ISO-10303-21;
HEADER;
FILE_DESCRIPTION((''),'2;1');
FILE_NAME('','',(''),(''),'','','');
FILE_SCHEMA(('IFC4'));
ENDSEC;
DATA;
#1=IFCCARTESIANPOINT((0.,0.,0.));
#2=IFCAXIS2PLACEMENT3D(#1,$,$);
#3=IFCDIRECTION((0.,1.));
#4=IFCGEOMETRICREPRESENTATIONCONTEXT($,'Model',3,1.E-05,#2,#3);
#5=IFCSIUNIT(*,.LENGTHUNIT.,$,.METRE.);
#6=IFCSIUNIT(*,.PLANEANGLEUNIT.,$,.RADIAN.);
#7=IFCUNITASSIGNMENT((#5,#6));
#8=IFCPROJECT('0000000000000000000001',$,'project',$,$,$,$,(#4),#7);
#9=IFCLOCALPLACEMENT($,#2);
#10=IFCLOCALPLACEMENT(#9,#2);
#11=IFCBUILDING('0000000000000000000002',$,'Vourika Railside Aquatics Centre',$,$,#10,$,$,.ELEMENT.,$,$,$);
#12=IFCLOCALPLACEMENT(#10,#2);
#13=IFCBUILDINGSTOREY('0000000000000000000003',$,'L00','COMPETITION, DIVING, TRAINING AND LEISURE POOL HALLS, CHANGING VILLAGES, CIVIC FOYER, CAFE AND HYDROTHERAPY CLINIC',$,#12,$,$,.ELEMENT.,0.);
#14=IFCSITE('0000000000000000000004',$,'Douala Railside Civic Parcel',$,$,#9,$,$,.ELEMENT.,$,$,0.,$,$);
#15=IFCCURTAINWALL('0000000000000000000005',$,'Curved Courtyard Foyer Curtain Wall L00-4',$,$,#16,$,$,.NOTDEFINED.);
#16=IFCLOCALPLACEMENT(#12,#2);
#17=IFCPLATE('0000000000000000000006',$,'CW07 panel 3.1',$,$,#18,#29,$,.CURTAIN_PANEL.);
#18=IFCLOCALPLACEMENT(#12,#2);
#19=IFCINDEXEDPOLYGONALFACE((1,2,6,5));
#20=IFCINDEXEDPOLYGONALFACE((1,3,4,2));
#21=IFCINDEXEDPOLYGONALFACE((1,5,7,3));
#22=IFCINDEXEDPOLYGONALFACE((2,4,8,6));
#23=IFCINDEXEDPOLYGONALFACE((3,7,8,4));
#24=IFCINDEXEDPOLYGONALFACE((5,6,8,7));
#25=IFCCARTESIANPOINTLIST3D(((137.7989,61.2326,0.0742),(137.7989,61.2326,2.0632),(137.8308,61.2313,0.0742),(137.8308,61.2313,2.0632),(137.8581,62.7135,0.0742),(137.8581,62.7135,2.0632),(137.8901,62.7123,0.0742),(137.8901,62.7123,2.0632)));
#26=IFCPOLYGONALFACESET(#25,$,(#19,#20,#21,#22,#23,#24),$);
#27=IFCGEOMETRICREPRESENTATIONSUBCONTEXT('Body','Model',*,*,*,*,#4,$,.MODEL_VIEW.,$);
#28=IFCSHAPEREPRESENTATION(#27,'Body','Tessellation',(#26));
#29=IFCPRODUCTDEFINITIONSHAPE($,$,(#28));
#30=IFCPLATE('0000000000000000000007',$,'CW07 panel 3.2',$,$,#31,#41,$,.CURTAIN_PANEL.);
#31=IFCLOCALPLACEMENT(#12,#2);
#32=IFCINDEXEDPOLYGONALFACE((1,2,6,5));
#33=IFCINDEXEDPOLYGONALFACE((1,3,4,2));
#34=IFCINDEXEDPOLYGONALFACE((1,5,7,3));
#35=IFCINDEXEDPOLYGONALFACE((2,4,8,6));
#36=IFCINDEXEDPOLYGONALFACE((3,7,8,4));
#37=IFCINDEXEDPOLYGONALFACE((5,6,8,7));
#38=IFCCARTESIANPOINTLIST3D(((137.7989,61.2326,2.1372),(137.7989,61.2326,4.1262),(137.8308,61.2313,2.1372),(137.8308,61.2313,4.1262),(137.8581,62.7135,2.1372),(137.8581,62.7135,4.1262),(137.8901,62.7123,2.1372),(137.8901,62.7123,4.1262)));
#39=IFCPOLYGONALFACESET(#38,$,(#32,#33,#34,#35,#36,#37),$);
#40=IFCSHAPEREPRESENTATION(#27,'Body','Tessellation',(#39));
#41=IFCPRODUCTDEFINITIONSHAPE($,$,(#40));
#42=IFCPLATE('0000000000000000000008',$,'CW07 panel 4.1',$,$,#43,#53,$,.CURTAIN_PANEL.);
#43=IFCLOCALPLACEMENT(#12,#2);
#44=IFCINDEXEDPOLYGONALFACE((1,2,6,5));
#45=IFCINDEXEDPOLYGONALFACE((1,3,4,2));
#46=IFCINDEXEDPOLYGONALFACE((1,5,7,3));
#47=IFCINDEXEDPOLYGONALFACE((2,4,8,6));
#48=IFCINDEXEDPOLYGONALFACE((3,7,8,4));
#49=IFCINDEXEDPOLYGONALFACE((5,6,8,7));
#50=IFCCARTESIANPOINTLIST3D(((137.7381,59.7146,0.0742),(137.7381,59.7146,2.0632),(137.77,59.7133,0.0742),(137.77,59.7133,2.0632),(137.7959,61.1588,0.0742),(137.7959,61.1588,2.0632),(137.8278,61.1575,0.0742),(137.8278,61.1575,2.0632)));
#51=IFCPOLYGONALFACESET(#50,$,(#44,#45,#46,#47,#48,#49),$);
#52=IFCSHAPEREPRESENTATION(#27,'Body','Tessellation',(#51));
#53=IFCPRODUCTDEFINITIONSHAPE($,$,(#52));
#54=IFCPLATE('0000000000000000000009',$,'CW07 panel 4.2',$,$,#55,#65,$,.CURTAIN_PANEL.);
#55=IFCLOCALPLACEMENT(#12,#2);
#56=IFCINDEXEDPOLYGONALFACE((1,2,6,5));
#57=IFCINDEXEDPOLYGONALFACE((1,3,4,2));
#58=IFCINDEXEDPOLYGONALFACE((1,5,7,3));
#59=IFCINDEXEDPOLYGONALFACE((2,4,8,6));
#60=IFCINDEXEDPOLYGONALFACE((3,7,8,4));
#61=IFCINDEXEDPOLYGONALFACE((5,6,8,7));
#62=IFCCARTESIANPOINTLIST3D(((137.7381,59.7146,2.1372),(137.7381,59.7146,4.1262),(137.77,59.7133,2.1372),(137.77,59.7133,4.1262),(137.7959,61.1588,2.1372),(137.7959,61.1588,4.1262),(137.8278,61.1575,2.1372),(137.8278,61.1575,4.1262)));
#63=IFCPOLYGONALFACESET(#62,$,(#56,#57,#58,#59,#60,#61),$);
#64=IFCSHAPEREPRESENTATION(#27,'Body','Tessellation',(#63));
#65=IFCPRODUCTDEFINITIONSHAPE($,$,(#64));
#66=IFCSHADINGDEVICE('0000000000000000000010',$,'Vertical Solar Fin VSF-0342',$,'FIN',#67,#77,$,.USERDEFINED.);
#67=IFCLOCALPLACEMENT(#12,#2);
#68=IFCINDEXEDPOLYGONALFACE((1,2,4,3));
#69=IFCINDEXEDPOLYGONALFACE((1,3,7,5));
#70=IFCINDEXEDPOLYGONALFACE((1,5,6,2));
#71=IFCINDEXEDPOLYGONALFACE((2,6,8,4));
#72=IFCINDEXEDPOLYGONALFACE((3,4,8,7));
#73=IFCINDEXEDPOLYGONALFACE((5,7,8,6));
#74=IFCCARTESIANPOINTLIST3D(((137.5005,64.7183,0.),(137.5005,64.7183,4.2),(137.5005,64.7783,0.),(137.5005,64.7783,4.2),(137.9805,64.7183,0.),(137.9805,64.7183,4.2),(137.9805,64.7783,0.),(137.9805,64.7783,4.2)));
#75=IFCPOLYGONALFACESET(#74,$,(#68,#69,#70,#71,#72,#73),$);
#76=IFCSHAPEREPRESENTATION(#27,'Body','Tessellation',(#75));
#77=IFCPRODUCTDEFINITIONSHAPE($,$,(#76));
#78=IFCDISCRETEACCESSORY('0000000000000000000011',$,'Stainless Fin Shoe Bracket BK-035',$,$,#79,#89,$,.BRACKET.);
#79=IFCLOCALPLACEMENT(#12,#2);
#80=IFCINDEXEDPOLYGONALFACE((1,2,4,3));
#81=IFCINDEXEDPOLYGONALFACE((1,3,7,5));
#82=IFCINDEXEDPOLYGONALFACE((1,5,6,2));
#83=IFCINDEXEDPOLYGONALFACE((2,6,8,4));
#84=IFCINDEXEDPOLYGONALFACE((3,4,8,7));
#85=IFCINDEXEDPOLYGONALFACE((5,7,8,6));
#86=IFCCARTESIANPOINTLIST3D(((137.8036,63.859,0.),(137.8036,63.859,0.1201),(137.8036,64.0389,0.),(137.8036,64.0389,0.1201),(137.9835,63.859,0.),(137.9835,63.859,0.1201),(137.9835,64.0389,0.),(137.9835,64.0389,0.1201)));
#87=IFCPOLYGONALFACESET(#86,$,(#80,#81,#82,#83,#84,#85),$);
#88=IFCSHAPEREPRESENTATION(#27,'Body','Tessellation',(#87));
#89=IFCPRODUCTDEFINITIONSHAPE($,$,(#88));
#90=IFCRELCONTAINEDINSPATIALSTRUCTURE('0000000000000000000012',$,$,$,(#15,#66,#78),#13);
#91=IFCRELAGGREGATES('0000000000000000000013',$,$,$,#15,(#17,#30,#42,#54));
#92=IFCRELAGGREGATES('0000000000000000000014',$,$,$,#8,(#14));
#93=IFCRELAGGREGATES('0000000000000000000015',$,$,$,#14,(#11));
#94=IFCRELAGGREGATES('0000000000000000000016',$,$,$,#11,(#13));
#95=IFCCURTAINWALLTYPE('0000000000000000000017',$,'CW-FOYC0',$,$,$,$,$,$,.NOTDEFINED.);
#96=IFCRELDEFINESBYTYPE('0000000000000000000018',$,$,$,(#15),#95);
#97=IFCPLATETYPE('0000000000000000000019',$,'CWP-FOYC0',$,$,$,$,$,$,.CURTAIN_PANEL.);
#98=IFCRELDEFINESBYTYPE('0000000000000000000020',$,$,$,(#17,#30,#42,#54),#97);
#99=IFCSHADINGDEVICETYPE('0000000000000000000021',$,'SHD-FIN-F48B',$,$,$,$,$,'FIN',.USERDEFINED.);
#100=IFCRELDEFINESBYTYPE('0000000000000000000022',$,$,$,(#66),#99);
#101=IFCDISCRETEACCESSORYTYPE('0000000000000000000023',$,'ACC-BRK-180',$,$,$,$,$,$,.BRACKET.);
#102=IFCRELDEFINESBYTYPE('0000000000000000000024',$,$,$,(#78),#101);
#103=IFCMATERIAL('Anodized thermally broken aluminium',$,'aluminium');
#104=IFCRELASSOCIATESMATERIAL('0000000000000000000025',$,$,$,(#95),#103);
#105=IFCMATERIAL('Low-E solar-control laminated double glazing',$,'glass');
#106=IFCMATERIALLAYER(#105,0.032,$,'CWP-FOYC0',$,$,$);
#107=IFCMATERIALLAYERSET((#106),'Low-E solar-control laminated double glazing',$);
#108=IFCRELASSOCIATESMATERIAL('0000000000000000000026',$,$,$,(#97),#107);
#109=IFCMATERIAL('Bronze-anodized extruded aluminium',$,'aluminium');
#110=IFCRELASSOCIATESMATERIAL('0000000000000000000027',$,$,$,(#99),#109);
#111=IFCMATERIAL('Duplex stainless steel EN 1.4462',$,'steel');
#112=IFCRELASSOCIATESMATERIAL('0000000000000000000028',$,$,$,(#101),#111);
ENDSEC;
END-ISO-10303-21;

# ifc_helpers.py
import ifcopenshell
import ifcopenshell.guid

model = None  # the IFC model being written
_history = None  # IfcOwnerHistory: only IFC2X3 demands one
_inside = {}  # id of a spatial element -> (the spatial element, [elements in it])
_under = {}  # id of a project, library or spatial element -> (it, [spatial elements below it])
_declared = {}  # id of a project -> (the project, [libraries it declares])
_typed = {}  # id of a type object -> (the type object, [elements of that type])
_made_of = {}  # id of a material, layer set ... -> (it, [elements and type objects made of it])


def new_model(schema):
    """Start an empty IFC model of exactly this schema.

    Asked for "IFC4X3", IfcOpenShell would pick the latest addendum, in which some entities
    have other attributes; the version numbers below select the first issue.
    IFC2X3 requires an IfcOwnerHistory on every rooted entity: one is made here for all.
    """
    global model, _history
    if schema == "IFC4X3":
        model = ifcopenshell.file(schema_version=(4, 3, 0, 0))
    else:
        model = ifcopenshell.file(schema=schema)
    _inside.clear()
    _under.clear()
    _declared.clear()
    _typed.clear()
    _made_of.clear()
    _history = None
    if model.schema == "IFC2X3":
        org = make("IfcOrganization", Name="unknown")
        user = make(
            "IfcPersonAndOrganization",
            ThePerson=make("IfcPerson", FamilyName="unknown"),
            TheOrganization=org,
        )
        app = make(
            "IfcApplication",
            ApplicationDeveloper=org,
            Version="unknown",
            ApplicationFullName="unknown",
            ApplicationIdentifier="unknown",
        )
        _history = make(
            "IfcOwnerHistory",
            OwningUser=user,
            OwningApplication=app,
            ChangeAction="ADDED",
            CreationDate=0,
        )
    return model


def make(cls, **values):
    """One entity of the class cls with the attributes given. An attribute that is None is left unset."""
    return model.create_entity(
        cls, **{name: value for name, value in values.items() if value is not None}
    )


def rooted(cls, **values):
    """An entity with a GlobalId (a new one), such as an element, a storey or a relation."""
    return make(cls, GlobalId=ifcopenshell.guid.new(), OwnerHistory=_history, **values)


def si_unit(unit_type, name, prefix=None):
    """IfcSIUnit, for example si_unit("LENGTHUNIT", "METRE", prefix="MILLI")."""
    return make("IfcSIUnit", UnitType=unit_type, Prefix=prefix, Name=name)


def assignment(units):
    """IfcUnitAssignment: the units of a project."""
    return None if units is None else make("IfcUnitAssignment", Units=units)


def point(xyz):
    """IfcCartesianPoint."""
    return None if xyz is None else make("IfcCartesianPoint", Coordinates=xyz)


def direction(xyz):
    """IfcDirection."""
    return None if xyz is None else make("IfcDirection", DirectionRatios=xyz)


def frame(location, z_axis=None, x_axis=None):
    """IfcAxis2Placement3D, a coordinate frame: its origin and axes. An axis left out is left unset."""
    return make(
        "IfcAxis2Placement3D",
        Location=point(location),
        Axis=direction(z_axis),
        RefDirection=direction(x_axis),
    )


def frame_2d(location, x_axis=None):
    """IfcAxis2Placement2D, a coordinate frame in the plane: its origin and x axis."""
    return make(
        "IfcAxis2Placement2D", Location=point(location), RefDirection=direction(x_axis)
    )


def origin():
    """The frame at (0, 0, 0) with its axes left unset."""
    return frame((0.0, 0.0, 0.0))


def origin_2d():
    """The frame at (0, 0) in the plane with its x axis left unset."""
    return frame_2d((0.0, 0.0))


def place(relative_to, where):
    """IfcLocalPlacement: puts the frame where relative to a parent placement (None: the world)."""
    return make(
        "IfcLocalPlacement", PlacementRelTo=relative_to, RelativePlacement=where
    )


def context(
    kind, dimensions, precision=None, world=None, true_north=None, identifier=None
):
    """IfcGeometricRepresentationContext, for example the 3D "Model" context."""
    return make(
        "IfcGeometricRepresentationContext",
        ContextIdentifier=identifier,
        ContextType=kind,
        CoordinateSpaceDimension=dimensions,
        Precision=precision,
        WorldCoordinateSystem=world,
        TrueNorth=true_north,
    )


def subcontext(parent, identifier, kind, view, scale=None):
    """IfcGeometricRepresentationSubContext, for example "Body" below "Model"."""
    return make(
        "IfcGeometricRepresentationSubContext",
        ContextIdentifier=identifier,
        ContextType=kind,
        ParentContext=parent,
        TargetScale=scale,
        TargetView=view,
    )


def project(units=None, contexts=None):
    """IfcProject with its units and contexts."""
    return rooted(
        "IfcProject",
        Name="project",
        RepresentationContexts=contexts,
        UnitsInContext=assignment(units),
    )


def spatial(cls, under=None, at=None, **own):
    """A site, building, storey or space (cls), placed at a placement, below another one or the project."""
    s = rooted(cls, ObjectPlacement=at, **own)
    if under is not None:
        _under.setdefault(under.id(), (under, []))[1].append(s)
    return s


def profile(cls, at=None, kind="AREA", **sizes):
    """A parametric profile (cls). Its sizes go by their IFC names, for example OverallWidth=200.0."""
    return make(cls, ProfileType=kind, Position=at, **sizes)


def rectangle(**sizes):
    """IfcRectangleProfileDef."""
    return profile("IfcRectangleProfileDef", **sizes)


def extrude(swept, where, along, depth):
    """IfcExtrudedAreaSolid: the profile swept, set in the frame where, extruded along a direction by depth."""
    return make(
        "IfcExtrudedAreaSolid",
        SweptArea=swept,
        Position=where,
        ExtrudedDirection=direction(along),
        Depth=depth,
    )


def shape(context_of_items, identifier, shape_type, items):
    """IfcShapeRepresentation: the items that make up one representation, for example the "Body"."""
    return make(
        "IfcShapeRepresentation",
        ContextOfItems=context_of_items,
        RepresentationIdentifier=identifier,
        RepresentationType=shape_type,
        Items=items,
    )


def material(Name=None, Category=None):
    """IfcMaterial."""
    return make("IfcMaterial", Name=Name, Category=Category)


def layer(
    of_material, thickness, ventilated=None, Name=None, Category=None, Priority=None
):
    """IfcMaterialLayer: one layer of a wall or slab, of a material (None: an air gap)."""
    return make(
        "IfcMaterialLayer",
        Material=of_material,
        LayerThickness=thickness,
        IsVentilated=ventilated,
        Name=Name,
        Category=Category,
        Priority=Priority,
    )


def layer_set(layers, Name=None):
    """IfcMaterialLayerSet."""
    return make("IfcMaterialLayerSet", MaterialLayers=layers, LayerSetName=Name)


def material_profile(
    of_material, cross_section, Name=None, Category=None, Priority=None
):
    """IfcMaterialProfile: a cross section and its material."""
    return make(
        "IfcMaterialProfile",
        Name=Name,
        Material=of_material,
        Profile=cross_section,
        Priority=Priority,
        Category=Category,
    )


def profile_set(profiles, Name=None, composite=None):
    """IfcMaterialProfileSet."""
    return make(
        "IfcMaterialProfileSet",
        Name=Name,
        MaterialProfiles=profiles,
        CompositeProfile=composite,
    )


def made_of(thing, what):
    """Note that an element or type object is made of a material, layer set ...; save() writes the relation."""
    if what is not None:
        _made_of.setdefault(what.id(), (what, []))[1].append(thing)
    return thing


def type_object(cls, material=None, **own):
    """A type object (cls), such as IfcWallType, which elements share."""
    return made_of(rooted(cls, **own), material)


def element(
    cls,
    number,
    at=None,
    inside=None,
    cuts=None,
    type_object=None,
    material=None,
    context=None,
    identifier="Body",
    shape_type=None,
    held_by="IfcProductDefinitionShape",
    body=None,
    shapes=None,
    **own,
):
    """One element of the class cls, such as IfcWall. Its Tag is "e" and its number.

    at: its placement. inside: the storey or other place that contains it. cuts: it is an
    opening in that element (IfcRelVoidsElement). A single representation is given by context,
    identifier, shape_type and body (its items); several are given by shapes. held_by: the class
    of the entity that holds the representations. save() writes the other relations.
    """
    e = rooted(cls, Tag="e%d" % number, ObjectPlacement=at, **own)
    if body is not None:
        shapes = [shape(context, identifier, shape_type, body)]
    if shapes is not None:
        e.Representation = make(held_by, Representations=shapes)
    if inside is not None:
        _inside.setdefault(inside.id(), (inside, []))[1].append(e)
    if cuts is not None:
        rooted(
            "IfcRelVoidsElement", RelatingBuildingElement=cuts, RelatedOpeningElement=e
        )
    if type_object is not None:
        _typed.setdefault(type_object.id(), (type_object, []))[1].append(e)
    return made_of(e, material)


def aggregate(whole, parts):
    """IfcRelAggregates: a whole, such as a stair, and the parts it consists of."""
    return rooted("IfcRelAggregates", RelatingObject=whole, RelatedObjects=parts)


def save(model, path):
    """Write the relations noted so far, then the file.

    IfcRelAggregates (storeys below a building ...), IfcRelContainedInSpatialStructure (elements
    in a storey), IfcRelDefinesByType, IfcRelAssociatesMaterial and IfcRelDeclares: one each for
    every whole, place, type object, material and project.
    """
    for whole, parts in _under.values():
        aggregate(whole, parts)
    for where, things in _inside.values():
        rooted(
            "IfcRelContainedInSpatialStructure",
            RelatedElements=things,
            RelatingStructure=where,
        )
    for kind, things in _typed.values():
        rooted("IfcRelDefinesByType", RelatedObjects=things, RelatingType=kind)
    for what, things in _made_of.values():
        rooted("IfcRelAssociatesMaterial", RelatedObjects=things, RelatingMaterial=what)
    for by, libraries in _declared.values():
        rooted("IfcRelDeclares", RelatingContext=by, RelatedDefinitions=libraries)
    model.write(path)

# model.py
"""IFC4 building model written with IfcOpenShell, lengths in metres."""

from ifc_helpers import new_model, si_unit, direction, frame, origin, origin_2d, place, context, subcontext, project, spatial, rectangle, extrude, material, layer, layer_set, material_profile, profile_set, type_object, element, aggregate, save


model = new_model("IFC4")

# Units and contexts
model_context = context("Model", 3, precision=1e-05, world=origin(), true_north=direction((0.0, 1.0)))
body_context = subcontext(model_context, "Body", "Model", "MODEL_VIEW")
ifc_project = project(units=[si_unit("LENGTHUNIT", "METRE"), si_unit("PLANEANGLEUNIT", "RADIAN")], contexts=[model_context])

# Site, building, storey
site_placement = place(None, origin())
site = spatial("IfcSite", under=ifc_project, at=site_placement, Name="Douala Railside Civic Parcel", CompositionType="ELEMENT", RefElevation=0.0)
building_placement = place(site_placement, origin())
building = spatial("IfcBuilding", under=site, at=building_placement, Name="Vourika Railside Aquatics Centre", CompositionType="ELEMENT")
storey_placement = place(building_placement, origin())
storey = spatial("IfcBuildingStorey", under=building, at=storey_placement, Name="L00", Description="COMPETITION, DIVING, TRAINING AND LEISURE POOL HALLS, CHANGING VILLAGES, CIVIC FOYER, CAFE AND HYDROTHERAPY CLINIC", CompositionType="ELEMENT", Elevation=0.0)

# Curtain wall, plates
ifc_material_1 = material(Name="Anodized thermally broken aluminium", Category="aluminium")
curtain_wall_type = type_object("IfcCurtainWallType", Name="CW-FOYC0", PredefinedType="NOTDEFINED", material=ifc_material_1)
curtain_wall_placement = place(storey_placement, origin())
curtain_wall = element("IfcCurtainWall", 1, at=curtain_wall_placement, inside=storey, type_object=curtain_wall_type, Name="Curved Courtyard Foyer Curtain Wall L00-4", PredefinedType="NOTDEFINED")
ifc_material_2 = material(Name="Low-E solar-control laminated double glazing", Category="glass")
ifc_layer = layer(ifc_material_2, 0.032, Name="CWP-FOYC0")
ifc_layer_set = layer_set([ifc_layer], Name="Low-E solar-control laminated double glazing")
plate_type = type_object("IfcPlateType", Name="CWP-FOYC0", PredefinedType="CURTAIN_PANEL", material=ifc_layer_set)
plate_1_placement = place(storey_placement, frame((137.8445, 61.9724, 0.0742), z_axis=(0.0, 0.0, 1.0), x_axis=(-0.04, -0.9992, 0.0)))
plate_1 = element("IfcPlate", 2, at=plate_1_placement, type_object=plate_type, Name="CW07 panel 3.1", PredefinedType="CURTAIN_PANEL", context=body_context, shape_type="SweptSolid", body=[
    extrude(rectangle(XDim=1.4822, YDim=0.032, at=origin_2d()), origin(), (0.0, 0.0, 1.0), 1.989),
])
plate_2_placement = place(storey_placement, frame((137.8445, 61.9724, 2.1372), z_axis=(0.0, 0.0, 1.0), x_axis=(-0.04, -0.9992, 0.0)))
plate_2 = element("IfcPlate", 3, at=plate_2_placement, type_object=plate_type, Name="CW07 panel 3.2", PredefinedType="CURTAIN_PANEL", context=body_context, shape_type="SweptSolid", body=[
    extrude(rectangle(XDim=1.4822, YDim=0.032, at=origin_2d()), origin(), (0.0, 0.0, 1.0), 1.989),
])
plate_3_placement = place(storey_placement, frame((137.783, 60.436, 0.0742), z_axis=(0.0, 0.0, 1.0), x_axis=(-0.04, -0.9992, 0.0)))
plate_3 = element("IfcPlate", 4, at=plate_3_placement, type_object=plate_type, Name="CW07 panel 4.1", PredefinedType="CURTAIN_PANEL", context=body_context, shape_type="SweptSolid", body=[
    extrude(rectangle(XDim=1.4453, YDim=0.032, at=origin_2d()), origin(), (0.0, 0.0, 1.0), 1.989),
])
plate_4_placement = place(storey_placement, frame((137.783, 60.436, 2.1372), z_axis=(0.0, 0.0, 1.0), x_axis=(-0.04, -0.9992, 0.0)))
plate_4 = element("IfcPlate", 5, at=plate_4_placement, type_object=plate_type, Name="CW07 panel 4.2", PredefinedType="CURTAIN_PANEL", context=body_context, shape_type="SweptSolid", body=[
    extrude(rectangle(XDim=1.4453, YDim=0.032, at=origin_2d()), origin(), (0.0, 0.0, 1.0), 1.989),
])
aggregate(curtain_wall, [plate_1, plate_2, plate_3, plate_4])

# Shading device
ifc_material_3 = material(Name="Bronze-anodized extruded aluminium", Category="aluminium")
ifc_material_profile_1 = material_profile(ifc_material_3, rectangle(XDim=0.0601, YDim=0.48, at=origin_2d()), Name="ALU-FIN 60x480")
ifc_profile_set_1 = profile_set([ifc_material_profile_1], Name="Bronze-anodized extruded aluminium")
shading_device_type = type_object("IfcShadingDeviceType", Name="SHD-FIN-F48B", ElementType="FIN", PredefinedType="USERDEFINED", material=ifc_profile_set_1)
shading_device_placement = place(storey_placement, frame((137.7405, 64.7483, 0.0), z_axis=(0.0, 0.0, 1.0), x_axis=(0.0, 1.0, 0.0)))
element("IfcShadingDevice", 6, at=shading_device_placement, inside=storey, type_object=shading_device_type, Name="Vertical Solar Fin VSF-0342", ObjectType="FIN", PredefinedType="USERDEFINED", context=body_context, shape_type="SweptSolid", body=[
    extrude(rectangle(XDim=0.0601, YDim=0.48, at=origin_2d()), origin(), (0.0, 0.0, 1.0), 4.2),
])

# Discrete accessory
ifc_material_4 = material(Name="Duplex stainless steel EN 1.4462", Category="steel")
discrete_accessory_type = type_object("IfcDiscreteAccessoryType", Name="ACC-BRK-180", PredefinedType="BRACKET", material=ifc_material_4)
discrete_accessory_placement = place(storey_placement, frame((137.8936, 63.949, 0.0), z_axis=(0.0, 0.0, 1.0), x_axis=(-1.0, 0.0, 0.0)))
element("IfcDiscreteAccessory", 7, at=discrete_accessory_placement, inside=storey, type_object=discrete_accessory_type, Name="Stainless Fin Shoe Bracket BK-035", PredefinedType="BRACKET", context=body_context, shape_type="SweptSolid", body=[
    extrude(rectangle(XDim=0.1799, YDim=0.1799, at=origin_2d()), origin(), (0.0, 0.0, 1.0), 0.1201),
])

save(model, "model.ifc")
